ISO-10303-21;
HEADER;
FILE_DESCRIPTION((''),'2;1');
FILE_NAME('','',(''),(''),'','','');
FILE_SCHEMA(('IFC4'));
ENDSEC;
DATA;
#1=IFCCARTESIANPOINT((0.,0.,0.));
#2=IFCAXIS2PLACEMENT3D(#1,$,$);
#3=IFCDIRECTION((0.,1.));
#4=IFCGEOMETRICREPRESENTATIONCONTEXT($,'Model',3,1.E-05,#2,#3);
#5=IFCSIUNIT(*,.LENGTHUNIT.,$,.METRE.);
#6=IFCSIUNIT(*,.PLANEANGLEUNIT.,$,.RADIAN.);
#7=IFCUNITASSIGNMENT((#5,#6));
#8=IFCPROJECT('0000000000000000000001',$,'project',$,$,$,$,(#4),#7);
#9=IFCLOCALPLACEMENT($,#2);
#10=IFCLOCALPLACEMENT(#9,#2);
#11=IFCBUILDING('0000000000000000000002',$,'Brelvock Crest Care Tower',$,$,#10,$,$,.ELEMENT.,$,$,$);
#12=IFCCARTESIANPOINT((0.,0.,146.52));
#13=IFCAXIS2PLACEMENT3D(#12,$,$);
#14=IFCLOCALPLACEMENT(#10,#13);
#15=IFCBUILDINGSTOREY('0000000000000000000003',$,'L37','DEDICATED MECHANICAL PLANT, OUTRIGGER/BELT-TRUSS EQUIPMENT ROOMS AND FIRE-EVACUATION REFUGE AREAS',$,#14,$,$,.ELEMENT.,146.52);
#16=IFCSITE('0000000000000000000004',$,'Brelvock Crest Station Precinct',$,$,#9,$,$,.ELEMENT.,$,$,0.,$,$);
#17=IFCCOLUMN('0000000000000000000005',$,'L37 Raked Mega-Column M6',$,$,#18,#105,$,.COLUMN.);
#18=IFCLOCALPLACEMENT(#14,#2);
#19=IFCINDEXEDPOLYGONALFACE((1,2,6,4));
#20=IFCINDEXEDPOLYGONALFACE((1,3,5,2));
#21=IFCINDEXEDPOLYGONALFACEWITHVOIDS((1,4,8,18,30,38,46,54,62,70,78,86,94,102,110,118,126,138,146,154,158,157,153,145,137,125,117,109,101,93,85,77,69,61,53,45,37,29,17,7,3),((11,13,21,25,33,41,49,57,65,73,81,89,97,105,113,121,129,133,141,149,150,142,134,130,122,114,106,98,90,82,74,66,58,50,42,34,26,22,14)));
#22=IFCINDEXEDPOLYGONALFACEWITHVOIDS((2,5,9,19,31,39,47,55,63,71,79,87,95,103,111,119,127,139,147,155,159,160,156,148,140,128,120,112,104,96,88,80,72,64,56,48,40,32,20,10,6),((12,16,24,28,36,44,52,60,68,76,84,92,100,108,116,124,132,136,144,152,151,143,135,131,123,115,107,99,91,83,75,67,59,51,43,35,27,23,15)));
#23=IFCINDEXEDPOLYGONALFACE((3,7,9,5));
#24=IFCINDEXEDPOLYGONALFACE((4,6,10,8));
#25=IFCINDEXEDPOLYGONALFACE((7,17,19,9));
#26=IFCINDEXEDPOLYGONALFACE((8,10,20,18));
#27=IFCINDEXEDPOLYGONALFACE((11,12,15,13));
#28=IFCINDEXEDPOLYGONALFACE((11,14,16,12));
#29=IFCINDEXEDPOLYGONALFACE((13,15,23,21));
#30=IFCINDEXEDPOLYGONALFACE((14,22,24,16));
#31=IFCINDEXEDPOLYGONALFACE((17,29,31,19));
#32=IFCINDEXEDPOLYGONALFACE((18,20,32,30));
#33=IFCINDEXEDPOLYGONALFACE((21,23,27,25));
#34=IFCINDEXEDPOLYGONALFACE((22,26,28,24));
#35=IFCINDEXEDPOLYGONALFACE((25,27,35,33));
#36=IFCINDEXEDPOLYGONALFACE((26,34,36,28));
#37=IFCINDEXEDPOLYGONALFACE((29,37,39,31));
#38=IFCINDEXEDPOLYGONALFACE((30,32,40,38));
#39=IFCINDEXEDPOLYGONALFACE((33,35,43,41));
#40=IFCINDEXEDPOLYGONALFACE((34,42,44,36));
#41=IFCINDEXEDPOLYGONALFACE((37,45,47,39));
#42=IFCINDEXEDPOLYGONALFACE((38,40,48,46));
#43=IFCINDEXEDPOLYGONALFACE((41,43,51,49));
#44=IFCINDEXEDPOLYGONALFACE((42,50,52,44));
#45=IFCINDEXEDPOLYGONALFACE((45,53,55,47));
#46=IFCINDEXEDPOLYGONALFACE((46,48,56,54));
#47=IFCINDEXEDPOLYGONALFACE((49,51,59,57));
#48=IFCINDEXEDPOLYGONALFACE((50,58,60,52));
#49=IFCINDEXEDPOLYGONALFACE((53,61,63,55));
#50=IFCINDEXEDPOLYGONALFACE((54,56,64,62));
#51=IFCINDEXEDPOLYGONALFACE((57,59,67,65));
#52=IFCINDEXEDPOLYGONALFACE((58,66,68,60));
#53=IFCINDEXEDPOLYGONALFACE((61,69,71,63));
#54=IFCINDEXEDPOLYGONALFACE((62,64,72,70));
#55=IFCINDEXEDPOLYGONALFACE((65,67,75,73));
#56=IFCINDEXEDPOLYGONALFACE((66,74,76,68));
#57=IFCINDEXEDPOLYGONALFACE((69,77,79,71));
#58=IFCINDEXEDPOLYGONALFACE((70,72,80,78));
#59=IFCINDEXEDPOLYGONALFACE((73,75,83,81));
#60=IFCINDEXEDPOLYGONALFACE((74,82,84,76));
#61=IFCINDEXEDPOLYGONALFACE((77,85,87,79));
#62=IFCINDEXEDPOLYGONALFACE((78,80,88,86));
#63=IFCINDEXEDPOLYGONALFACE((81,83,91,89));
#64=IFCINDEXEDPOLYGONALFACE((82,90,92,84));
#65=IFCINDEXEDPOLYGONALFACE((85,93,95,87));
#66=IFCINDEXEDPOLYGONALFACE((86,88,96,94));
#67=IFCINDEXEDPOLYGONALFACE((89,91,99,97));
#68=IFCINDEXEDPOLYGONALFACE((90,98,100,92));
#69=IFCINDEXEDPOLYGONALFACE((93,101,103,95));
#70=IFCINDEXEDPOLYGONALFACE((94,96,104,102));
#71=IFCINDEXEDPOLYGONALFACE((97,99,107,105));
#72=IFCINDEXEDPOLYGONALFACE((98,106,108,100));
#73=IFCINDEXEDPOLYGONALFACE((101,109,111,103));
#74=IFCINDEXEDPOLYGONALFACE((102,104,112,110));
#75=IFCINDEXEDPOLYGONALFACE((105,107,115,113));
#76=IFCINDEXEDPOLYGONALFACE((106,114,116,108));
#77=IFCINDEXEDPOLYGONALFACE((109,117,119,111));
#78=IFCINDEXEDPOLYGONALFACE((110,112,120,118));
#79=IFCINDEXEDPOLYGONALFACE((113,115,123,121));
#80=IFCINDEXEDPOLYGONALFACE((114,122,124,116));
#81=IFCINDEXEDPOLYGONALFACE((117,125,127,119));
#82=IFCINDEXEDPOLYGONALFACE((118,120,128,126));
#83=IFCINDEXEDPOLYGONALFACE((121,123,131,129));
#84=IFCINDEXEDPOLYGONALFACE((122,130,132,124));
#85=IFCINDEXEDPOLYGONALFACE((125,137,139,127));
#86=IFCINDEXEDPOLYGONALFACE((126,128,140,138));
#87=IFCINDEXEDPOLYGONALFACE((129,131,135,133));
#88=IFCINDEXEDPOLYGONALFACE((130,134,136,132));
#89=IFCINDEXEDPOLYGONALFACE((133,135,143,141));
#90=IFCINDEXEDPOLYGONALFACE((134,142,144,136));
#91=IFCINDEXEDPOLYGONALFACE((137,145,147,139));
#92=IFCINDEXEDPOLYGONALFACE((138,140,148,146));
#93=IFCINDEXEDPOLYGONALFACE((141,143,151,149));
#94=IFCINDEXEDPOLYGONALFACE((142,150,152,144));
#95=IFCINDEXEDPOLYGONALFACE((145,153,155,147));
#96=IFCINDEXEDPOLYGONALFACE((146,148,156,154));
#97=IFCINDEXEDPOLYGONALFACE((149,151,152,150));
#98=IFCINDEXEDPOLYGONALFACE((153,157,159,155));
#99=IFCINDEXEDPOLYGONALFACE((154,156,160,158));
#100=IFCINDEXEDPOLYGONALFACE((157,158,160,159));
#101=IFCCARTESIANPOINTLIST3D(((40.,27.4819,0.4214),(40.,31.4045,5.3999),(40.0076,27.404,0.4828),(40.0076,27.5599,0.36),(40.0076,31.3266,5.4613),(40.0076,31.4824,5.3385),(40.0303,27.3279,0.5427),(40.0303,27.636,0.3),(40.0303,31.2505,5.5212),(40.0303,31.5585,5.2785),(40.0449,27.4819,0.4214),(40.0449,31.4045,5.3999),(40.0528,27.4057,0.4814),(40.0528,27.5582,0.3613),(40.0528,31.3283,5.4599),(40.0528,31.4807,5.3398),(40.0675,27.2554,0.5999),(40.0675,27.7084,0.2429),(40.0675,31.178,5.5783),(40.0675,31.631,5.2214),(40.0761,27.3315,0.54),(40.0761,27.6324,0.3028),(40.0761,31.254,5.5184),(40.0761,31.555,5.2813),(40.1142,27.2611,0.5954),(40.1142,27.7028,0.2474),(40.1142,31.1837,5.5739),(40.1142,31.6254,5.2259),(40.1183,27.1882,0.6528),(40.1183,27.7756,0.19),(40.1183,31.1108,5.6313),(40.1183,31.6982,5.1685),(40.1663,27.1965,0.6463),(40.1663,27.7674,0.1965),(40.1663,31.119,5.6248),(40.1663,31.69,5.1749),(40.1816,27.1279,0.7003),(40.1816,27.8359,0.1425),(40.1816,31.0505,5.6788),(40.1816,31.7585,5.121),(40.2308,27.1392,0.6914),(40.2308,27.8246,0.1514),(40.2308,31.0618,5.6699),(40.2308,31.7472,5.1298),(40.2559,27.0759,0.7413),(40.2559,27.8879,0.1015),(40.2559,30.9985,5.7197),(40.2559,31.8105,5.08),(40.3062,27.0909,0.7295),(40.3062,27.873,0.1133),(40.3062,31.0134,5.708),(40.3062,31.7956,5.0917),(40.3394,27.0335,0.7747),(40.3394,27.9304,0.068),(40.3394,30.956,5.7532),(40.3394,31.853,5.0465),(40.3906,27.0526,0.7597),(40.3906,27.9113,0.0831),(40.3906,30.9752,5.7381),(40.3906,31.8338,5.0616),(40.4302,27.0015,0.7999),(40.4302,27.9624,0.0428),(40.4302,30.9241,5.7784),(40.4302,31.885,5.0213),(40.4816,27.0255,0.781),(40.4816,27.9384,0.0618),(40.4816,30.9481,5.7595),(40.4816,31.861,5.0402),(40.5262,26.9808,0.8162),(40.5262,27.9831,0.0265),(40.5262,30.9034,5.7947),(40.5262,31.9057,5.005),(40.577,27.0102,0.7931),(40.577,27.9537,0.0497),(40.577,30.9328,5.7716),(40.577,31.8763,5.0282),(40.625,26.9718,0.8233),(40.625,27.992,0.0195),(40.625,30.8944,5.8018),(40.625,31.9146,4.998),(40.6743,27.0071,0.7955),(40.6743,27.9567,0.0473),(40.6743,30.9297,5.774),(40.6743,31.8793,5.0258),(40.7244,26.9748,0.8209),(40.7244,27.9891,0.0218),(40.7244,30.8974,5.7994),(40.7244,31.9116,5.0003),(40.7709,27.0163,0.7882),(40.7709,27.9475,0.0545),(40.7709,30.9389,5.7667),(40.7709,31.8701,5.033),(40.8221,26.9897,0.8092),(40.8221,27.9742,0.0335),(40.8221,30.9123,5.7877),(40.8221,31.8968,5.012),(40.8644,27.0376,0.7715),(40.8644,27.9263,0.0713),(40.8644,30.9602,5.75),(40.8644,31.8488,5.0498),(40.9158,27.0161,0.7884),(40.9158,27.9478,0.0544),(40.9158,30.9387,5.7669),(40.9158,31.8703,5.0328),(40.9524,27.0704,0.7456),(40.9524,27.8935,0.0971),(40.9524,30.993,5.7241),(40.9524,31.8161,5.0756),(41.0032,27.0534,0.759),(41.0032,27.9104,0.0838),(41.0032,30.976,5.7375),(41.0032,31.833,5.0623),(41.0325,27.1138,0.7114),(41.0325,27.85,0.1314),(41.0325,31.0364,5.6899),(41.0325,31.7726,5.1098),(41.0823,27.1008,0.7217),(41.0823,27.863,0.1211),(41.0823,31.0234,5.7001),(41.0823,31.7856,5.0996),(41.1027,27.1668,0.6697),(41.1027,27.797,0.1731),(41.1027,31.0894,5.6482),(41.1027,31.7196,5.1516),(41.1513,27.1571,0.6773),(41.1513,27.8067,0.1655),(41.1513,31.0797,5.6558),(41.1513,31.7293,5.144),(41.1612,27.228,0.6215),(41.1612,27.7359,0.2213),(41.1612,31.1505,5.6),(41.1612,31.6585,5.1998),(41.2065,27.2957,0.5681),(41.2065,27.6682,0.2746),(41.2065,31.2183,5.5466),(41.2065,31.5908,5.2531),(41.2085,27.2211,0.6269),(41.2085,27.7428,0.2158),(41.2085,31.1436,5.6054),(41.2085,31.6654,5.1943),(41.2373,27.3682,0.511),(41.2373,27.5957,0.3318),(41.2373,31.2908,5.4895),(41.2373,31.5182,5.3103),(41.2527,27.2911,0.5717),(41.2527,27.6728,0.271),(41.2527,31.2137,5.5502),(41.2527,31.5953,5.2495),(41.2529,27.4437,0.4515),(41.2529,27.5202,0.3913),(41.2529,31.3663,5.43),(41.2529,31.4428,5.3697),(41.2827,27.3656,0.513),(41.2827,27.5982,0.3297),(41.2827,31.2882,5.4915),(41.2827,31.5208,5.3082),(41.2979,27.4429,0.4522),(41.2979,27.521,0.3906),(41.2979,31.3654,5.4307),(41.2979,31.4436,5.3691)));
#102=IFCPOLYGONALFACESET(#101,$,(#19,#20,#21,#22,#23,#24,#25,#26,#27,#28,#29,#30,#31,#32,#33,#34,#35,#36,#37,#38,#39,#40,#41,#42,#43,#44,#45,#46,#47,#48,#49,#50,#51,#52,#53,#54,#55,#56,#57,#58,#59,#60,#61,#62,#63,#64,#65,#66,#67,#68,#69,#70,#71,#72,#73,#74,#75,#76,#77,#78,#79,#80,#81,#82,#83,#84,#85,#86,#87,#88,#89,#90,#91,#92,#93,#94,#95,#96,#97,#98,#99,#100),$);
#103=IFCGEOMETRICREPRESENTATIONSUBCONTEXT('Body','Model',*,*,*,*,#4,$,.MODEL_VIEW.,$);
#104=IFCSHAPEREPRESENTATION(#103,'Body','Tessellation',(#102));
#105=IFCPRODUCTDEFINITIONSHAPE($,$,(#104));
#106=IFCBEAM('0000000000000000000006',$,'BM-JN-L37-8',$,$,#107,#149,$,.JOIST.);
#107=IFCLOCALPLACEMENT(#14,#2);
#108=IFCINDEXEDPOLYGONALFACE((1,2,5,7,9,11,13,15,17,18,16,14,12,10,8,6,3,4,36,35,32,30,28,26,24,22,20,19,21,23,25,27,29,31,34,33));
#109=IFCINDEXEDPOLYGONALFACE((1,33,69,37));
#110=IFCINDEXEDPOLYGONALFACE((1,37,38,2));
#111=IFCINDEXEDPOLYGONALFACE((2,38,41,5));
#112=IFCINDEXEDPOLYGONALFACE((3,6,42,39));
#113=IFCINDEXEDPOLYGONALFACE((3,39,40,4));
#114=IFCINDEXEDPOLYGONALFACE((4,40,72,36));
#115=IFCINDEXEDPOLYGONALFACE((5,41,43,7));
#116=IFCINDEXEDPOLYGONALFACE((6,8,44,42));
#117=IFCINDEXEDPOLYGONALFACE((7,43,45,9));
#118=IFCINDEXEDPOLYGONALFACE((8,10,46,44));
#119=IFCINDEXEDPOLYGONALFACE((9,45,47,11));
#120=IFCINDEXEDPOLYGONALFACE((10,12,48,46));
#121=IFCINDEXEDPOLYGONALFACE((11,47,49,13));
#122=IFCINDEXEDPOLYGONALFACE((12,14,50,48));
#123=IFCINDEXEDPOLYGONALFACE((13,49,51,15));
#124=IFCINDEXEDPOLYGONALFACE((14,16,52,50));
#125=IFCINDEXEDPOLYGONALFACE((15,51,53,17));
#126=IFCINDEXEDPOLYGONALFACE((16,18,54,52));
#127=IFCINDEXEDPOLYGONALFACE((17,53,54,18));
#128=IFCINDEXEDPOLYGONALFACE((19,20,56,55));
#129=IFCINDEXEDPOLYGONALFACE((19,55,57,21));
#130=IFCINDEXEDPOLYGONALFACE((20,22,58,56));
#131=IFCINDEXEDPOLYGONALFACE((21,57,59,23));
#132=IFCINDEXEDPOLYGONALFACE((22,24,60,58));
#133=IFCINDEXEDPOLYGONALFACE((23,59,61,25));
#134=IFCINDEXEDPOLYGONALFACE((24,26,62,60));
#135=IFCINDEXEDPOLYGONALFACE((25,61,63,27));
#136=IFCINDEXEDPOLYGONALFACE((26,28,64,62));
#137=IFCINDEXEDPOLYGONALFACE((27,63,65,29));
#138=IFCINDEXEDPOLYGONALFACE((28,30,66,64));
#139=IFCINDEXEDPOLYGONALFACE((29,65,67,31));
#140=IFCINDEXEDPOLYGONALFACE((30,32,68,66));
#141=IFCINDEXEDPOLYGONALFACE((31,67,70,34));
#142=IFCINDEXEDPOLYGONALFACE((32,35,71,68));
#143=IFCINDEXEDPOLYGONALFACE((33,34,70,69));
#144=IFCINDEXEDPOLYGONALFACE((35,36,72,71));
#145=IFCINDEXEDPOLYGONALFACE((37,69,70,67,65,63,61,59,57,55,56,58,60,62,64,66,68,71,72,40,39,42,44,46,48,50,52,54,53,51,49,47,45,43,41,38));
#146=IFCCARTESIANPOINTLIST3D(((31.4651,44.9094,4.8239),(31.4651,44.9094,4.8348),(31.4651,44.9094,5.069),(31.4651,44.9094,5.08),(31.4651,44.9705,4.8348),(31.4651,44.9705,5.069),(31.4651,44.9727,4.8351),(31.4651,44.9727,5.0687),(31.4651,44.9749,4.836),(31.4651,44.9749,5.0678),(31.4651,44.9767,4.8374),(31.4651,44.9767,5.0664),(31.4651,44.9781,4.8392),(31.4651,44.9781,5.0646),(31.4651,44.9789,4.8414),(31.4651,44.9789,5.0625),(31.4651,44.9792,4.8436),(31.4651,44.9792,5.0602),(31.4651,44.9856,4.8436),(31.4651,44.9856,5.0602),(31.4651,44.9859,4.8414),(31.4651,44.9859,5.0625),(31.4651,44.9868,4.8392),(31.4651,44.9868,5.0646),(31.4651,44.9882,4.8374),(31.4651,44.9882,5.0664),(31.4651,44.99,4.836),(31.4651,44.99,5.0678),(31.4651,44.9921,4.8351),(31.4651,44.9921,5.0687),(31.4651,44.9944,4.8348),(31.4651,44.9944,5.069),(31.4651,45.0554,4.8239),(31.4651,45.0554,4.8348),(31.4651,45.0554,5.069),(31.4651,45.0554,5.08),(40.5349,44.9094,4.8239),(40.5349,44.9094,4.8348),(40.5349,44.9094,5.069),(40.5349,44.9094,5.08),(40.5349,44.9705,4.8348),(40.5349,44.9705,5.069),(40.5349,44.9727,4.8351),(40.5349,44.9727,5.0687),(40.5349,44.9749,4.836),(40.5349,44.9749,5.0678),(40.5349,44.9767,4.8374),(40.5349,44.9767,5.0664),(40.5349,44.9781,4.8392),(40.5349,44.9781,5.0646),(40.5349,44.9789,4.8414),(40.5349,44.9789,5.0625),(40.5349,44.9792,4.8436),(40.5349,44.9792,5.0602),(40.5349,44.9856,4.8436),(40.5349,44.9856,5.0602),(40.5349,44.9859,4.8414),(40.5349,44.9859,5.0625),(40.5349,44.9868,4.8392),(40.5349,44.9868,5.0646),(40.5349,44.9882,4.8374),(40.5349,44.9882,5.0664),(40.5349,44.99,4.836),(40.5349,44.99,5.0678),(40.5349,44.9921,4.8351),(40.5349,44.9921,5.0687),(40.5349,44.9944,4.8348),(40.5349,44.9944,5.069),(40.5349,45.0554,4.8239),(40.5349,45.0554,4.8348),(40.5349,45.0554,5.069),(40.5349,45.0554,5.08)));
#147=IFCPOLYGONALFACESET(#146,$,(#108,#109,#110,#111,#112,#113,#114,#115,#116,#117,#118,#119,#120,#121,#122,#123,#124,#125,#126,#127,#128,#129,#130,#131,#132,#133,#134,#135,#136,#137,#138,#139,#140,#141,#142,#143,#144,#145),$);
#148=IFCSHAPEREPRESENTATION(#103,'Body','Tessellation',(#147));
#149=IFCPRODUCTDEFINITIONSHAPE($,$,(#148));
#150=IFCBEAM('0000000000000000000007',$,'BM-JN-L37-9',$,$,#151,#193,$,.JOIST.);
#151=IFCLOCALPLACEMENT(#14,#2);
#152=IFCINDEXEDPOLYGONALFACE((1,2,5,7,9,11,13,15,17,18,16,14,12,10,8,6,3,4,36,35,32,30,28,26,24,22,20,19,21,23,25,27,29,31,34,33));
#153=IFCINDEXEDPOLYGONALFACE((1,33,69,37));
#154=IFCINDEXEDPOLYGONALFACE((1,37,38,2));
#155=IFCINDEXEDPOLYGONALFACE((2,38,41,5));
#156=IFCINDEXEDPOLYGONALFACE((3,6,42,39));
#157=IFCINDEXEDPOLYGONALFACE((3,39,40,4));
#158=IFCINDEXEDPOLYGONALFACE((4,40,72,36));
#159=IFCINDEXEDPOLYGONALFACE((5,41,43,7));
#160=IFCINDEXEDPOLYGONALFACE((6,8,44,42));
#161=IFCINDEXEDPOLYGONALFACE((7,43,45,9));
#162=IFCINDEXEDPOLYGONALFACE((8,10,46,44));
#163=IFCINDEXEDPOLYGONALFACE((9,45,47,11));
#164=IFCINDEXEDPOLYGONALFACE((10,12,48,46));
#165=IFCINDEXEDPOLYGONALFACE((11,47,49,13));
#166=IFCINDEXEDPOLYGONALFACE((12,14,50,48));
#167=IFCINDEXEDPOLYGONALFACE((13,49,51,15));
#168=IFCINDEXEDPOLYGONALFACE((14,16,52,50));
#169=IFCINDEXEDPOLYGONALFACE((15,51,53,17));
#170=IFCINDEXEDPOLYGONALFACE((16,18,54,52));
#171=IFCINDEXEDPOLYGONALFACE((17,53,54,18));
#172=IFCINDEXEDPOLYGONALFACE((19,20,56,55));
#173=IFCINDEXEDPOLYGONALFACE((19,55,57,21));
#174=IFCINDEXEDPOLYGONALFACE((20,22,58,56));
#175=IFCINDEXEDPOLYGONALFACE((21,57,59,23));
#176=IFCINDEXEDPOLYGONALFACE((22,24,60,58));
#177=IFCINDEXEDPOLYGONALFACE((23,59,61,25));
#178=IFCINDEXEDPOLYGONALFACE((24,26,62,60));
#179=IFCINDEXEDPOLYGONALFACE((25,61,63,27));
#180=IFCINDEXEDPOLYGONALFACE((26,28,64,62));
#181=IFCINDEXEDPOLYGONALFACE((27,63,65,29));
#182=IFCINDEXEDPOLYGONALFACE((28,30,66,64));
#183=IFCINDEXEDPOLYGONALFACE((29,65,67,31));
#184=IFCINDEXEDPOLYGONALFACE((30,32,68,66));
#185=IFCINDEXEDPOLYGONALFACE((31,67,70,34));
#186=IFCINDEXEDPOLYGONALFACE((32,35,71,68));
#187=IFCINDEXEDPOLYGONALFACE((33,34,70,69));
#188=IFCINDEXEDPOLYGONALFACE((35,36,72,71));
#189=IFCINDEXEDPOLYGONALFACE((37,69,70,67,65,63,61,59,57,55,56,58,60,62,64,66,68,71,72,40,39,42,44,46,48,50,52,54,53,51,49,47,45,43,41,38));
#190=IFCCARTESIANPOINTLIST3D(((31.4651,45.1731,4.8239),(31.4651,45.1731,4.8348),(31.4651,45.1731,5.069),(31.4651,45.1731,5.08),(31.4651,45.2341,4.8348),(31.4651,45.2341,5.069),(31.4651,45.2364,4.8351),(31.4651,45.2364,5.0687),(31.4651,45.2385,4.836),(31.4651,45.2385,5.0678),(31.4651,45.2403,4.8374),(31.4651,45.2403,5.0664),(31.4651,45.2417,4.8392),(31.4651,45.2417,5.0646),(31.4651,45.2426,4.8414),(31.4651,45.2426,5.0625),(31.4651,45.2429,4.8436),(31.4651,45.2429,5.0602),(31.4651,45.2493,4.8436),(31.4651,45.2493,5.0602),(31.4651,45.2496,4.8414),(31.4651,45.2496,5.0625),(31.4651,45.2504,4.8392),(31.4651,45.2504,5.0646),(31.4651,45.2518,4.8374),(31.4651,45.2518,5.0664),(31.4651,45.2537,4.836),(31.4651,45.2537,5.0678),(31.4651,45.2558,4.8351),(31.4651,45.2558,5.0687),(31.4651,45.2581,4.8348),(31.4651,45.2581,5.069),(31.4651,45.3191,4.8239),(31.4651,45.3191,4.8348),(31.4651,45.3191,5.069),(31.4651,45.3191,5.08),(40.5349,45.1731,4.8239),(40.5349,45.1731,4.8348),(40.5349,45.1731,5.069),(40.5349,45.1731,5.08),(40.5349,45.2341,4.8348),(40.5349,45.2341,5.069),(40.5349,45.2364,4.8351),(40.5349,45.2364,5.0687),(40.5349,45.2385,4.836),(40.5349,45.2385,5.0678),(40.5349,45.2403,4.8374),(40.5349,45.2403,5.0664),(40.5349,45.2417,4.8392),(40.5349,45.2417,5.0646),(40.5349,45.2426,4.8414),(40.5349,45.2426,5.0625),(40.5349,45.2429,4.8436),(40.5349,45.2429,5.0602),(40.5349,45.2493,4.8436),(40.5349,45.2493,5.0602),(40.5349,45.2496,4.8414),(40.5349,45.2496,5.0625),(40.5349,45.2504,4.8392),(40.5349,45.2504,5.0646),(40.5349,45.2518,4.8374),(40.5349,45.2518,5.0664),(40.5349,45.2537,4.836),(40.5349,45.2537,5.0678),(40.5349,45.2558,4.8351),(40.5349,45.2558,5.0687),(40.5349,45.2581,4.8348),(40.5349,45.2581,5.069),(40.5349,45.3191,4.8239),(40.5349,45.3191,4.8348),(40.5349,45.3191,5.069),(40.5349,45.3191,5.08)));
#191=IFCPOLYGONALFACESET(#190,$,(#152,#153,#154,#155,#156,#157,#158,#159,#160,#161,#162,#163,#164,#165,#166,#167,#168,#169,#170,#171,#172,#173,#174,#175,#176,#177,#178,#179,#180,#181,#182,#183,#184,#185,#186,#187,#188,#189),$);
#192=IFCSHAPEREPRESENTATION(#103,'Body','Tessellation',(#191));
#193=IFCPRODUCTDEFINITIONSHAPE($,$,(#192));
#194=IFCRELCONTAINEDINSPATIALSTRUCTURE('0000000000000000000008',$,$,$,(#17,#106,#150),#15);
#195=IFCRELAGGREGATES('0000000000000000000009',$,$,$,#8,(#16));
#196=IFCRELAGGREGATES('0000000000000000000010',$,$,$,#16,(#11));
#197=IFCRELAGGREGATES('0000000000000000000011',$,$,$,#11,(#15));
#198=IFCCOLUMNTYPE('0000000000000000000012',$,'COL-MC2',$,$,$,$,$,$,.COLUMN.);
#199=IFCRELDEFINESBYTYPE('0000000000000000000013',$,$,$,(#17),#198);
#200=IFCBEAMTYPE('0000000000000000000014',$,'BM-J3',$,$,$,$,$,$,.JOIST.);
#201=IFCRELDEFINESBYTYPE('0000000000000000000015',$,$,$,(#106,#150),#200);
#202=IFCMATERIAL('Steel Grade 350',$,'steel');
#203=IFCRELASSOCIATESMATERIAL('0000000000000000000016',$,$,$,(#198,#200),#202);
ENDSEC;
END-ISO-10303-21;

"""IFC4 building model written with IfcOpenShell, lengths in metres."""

from ifc_helpers import new_model, si_unit, direction, frame, origin, origin_2d, place, context, subcontext, project, spatial, hollow_circle, i_section, extrude, source, transform, mapped, material, material_profile, profile_set, type_object, element, save


model = new_model("IFC4")

# Units and contexts
model_context = context("Model", 3, precision=1e-05, world=origin(), true_north=direction((0.0, 1.0)))
body_context = subcontext(model_context, "Body", "Model", "MODEL_VIEW")
ifc_project = project(units=[si_unit("LENGTHUNIT", "METRE"), si_unit("PLANEANGLEUNIT", "RADIAN")], contexts=[model_context])

# Site, building, storey
site_placement = place(None, origin())
site = spatial("IfcSite", under=ifc_project, at=site_placement, Name="Brelvock Crest Station Precinct", CompositionType="ELEMENT", RefElevation=0.0)
building_placement = place(site_placement, origin())
building = spatial("IfcBuilding", under=site, at=building_placement, Name="Brelvock Crest Care Tower", CompositionType="ELEMENT")
storey_placement = place(building_placement, frame((0.0, 0.0, 146.52)))
storey = spatial("IfcBuildingStorey", under=building, at=storey_placement, Name="L37", Description="DEDICATED MECHANICAL PLANT, OUTRIGGER/BELT-TRUSS EQUIPMENT ROOMS AND FIRE-EVACUATION REFUGE AREAS", CompositionType="ELEMENT", Elevation=146.52)

# Column
ifc_material_1 = material(Name="Steel Grade 350", Category="steel")
ifc_material_profile_1 = material_profile(ifc_material_1, hollow_circle(Radius=0.6499, WallThickness=0.0449, at=origin_2d()), Name="CFT1300x45")
ifc_profile_set_1 = profile_set([ifc_material_profile_1], Name="Steel Grade 350")
column_type = type_object("IfcColumnType", Name="COL-MC2", PredefinedType="COLUMN", material=ifc_profile_set_1)
shared_shape_1 = source(origin(), body_context, "Body", "SweptSolid", [
    extrude(hollow_circle(Radius=0.6499, WallThickness=0.0449, at=origin_2d()), origin(), (0.0, 0.0, 1.0), 6.3381),
])
column_placement = place(storey_placement, frame((40.6499, 27.4819, 0.4214), z_axis=(0.0, 0.618886, 0.785481), x_axis=(-1.0, 0.0, 0.0)))
element("IfcColumn", 1, at=column_placement, inside=storey, type_object=column_type, Name="L37 Raked Mega-Column M6", PredefinedType="COLUMN", context=body_context, shape_type="MappedRepresentation", body=[
    mapped(shared_shape_1, transform((0.0, 0.0, 0.0), x_axis=(1.0, 0.0, 0.0), y_axis=(0.0, 1.0, 0.0), z_axis=(0.0, 0.0, 1.0), scale=1.0)),
])

# Beams
ifc_material_profile_2 = material_profile(ifc_material_1, i_section(OverallWidth=0.146, OverallDepth=0.2561, WebThickness=0.0063, FlangeThickness=0.011, FilletRadius=0.0088, at=origin_2d()), Name="250UB37.3")
ifc_profile_set_2 = profile_set([ifc_material_profile_2], Name="Steel Grade 350")
beam_type_1 = type_object("IfcBeamType", Name="BM-J3", PredefinedType="JOIST", material=ifc_profile_set_2)
shared_shape_2 = source(origin(), body_context, "Body", "SweptSolid", [
    extrude(i_section(OverallWidth=0.146, OverallDepth=0.2561, WebThickness=0.0063, FlangeThickness=0.011, FilletRadius=0.0088, at=origin_2d()), origin(), (0.0, 0.0, 1.0), 9.0698),
])
for number, where, z_axis, x_axis, name in (
    (2, (31.4651, 44.9824, 4.9519), (1.0, 0.0, 0.0), (0.0, 1.0, 0.0), "BM-JN-L37-8"),
    (3, (31.4651, 45.2461, 4.9519), (1.0, 0.0, 0.0), (0.0, 1.0, 0.0), "BM-JN-L37-9"),
):
    element("IfcBeam", number, at=place(storey_placement, frame(where, z_axis=z_axis, x_axis=x_axis)), inside=storey, type_object=beam_type_1, Name=name, PredefinedType="JOIST", context=body_context, shape_type="MappedRepresentation", body=[
        mapped(shared_shape_2, transform((0.0, 0.0, 0.0), x_axis=(1.0, 0.0, 0.0), y_axis=(0.0, 1.0, 0.0), z_axis=(0.0, 0.0, 1.0), scale=1.0)),
    ])

save(model, "model.ifc")
